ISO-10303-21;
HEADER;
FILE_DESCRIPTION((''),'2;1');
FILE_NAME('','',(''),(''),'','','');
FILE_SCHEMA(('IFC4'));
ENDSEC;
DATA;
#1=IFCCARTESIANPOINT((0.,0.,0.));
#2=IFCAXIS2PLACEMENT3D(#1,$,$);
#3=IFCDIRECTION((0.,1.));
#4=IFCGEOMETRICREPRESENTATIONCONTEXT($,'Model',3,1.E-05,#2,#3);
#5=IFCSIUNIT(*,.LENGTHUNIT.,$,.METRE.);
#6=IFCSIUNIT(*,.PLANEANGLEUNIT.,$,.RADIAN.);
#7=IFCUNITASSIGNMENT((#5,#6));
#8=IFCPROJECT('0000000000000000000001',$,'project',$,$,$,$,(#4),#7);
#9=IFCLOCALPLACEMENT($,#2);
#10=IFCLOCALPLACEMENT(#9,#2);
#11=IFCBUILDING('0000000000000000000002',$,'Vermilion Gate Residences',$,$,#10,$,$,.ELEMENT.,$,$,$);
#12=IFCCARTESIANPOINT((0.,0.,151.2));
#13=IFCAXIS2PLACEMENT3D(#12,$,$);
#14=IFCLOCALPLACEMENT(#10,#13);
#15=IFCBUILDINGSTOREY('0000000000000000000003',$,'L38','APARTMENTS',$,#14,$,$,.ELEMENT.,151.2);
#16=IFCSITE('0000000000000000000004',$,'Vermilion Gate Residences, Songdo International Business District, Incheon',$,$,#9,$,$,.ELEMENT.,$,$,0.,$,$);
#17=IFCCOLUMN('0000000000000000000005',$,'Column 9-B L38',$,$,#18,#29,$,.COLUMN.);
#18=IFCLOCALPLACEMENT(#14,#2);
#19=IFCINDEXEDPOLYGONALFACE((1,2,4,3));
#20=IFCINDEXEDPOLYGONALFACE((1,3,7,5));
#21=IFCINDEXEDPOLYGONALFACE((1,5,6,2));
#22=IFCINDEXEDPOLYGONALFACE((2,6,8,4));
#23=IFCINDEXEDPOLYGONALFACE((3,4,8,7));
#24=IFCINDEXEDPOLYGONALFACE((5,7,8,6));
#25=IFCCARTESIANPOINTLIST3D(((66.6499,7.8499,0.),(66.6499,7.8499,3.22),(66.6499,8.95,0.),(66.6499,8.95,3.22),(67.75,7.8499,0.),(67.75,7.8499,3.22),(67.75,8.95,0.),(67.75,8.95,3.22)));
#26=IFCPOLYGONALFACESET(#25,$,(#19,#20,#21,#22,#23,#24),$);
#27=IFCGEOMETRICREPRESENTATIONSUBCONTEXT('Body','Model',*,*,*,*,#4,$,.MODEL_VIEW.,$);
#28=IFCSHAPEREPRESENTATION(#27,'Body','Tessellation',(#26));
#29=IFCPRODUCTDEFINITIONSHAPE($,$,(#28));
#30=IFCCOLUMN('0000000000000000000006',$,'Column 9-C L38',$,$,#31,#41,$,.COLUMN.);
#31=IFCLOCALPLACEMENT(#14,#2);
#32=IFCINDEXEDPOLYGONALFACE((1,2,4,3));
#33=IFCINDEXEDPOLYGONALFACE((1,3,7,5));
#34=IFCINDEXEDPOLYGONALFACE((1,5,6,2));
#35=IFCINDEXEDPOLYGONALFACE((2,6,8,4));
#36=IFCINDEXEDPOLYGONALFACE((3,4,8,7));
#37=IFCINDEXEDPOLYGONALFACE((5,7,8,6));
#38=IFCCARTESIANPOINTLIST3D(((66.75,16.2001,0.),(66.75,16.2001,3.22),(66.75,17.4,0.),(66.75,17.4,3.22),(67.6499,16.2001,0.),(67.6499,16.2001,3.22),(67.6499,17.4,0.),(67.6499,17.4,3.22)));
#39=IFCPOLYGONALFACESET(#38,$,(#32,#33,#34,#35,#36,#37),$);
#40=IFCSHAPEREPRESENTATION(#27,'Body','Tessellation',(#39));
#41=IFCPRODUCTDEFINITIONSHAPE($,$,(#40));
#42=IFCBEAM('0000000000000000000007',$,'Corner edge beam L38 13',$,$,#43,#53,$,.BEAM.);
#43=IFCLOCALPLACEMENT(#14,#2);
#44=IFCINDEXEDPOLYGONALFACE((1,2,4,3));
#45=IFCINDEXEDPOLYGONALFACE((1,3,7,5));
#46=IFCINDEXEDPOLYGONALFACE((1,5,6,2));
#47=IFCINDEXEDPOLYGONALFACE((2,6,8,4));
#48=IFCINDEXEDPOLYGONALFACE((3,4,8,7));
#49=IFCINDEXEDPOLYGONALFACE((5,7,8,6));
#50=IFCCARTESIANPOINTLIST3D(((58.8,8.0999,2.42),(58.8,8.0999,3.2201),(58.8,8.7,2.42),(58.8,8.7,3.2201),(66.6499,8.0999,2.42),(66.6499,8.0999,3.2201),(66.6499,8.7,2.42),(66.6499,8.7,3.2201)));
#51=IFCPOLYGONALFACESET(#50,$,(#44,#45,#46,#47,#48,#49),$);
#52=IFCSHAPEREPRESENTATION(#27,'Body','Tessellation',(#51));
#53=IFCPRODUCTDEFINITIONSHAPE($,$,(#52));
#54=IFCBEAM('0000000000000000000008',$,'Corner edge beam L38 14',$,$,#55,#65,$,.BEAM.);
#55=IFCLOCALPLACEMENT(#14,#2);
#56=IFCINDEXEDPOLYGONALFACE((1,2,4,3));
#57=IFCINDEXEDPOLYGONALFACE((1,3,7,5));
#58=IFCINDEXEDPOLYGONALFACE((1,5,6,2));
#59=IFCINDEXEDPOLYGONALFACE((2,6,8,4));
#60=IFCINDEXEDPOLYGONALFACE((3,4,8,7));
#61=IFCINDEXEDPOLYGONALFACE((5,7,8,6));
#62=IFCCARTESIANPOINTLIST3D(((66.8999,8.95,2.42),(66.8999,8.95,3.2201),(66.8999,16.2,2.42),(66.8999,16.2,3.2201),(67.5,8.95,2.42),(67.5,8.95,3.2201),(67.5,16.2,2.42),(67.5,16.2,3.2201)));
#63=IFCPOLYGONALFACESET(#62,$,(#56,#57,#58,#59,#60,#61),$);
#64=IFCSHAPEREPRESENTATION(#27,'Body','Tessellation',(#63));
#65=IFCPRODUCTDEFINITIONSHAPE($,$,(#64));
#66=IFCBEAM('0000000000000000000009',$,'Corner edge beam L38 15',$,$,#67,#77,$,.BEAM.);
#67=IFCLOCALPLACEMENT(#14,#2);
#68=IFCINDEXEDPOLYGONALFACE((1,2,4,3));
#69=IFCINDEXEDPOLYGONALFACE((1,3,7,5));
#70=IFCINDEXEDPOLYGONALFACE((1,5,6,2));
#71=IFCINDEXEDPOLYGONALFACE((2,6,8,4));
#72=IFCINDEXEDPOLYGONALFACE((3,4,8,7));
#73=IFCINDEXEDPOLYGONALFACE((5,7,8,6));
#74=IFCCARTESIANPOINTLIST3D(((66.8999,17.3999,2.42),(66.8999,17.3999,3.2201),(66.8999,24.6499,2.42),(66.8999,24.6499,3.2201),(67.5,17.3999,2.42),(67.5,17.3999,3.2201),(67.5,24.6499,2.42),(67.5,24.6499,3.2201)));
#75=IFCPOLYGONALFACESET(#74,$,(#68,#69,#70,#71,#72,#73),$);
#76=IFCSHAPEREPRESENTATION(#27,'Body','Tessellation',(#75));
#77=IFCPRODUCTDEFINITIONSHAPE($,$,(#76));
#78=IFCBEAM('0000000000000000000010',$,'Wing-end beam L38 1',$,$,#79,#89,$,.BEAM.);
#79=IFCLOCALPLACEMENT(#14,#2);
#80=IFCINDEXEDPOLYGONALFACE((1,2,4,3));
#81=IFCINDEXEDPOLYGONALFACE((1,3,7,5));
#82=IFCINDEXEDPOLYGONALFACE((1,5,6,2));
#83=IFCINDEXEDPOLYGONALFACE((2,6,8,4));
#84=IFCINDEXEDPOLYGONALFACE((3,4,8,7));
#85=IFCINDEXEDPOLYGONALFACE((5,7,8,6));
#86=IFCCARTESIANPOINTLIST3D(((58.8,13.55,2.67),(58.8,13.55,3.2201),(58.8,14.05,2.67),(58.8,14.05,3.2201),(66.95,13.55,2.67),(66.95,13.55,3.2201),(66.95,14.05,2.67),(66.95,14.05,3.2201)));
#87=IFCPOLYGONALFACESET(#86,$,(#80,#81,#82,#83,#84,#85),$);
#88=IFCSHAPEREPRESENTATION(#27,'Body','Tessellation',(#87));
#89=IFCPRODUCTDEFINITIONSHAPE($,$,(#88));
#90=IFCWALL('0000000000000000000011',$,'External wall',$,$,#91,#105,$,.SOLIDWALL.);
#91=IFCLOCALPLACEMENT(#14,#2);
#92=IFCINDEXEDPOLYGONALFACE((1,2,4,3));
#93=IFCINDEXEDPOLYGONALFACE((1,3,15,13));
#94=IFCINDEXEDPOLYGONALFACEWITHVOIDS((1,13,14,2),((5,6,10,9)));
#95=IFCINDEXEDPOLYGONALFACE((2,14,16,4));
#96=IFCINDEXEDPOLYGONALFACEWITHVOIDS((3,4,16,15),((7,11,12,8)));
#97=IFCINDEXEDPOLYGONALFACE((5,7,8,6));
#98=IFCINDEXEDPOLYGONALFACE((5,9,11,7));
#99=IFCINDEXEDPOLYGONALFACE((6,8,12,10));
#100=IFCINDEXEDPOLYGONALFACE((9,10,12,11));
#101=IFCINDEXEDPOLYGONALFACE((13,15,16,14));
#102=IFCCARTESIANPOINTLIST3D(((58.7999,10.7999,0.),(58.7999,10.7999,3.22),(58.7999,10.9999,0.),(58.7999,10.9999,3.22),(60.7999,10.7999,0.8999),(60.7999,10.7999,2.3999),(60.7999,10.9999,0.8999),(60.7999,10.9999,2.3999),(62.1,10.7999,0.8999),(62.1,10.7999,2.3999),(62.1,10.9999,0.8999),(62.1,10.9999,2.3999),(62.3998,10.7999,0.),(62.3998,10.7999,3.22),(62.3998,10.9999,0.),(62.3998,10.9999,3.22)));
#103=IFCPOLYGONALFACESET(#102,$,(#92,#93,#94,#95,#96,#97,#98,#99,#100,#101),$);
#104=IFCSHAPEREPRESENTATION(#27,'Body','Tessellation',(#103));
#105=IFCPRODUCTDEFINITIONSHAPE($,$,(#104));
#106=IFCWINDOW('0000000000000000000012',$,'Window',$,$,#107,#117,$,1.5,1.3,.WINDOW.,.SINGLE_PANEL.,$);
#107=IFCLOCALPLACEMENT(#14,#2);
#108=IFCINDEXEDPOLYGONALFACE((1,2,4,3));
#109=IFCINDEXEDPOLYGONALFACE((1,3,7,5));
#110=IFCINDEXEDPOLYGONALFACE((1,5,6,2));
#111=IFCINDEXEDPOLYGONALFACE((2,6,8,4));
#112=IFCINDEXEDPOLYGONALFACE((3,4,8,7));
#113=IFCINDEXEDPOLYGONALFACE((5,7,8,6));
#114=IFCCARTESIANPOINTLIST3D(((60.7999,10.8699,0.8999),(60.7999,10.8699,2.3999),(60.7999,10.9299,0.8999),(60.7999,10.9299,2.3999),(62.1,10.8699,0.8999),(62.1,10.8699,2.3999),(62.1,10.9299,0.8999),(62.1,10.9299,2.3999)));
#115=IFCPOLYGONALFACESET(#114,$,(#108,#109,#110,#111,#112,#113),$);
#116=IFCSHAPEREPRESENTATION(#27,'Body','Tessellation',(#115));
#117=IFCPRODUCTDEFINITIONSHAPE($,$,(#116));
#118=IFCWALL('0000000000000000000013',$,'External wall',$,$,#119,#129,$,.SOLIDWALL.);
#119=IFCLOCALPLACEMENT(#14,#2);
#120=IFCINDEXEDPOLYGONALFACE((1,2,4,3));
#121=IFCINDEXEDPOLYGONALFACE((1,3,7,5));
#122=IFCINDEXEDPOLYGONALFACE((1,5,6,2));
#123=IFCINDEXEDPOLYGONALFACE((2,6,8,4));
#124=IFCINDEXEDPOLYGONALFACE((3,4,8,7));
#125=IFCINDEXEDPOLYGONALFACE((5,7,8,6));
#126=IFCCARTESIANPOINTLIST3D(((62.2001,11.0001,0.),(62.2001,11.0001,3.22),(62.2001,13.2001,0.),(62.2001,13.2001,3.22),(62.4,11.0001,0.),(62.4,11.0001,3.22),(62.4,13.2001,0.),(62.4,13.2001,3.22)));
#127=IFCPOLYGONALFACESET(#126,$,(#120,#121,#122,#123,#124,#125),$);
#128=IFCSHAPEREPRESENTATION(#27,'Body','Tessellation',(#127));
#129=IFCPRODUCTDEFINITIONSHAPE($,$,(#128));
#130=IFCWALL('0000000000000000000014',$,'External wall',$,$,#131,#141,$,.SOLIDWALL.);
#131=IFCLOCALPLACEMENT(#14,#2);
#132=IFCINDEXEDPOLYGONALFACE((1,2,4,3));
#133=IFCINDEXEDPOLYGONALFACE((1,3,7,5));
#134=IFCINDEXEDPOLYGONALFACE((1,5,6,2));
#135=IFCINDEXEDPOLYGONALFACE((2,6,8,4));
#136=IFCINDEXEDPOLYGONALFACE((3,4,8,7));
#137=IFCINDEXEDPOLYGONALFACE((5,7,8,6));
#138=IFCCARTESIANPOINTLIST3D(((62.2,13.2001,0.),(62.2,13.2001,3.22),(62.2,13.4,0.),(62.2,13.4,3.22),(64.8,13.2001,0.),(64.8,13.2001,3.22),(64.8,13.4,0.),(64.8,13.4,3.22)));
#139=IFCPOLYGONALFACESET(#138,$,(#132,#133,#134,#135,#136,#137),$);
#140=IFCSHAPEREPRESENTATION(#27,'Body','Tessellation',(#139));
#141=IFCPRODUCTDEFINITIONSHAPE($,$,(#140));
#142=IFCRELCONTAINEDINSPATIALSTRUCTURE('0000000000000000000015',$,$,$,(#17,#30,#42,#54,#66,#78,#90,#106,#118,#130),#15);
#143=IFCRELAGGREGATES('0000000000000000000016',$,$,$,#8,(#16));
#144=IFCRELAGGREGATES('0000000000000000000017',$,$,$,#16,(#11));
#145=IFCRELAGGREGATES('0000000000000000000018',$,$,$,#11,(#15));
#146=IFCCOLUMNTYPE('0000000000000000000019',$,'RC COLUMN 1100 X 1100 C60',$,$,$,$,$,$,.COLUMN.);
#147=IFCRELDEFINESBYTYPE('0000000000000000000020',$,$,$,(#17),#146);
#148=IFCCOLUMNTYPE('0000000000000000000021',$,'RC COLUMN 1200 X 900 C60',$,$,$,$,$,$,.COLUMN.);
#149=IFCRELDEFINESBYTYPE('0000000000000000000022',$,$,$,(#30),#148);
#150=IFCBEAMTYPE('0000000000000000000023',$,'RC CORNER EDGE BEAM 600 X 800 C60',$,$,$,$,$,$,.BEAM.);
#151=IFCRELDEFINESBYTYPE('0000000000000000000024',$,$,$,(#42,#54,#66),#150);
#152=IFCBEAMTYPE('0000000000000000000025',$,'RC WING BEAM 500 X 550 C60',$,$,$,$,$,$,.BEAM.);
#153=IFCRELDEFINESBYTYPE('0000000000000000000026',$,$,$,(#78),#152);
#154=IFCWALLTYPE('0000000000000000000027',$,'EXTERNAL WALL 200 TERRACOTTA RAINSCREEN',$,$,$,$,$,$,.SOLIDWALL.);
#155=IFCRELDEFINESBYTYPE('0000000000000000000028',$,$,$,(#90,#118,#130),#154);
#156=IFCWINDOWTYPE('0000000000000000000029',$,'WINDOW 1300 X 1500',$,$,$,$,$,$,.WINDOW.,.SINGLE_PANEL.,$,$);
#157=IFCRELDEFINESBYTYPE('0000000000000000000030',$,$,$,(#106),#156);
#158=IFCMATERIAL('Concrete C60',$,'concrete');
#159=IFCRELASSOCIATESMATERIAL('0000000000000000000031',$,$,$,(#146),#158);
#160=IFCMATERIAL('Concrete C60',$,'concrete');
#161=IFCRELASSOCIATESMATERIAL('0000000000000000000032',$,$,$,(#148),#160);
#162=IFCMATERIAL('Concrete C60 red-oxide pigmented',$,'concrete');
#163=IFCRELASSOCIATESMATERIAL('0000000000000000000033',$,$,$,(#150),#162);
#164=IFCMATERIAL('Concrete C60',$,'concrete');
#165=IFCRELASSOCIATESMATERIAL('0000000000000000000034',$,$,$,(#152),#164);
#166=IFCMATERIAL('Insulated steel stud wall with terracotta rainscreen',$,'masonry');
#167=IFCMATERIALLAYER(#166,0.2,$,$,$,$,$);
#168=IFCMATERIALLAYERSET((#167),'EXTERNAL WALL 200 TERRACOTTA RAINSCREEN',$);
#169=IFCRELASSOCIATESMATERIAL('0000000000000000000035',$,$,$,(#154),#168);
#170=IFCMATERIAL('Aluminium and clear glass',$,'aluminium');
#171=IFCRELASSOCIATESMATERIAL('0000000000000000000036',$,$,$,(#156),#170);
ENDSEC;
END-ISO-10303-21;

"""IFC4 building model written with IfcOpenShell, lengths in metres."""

from ifc_helpers import new_model, si_unit, direction, frame, frame_2d, origin, origin_2d, place, context, subcontext, project, spatial, rectangle, extrude, material, layer, layer_set, material_profile, profile_set, type_object, element, fill, save


model = new_model("IFC4")

# Units and contexts
model_context = context("Model", 3, precision=1e-05, world=origin(), true_north=direction((0.0, 1.0)))
body_context = subcontext(model_context, "Body", "Model", "MODEL_VIEW")
ifc_project = project(units=[si_unit("LENGTHUNIT", "METRE"), si_unit("PLANEANGLEUNIT", "RADIAN")], contexts=[model_context])

# Site, building, storey
site_placement = place(None, origin())
site = spatial("IfcSite", under=ifc_project, at=site_placement, Name="Vermilion Gate Residences, Songdo International Business District, Incheon", CompositionType="ELEMENT", RefElevation=0.0)
building_placement = place(site_placement, origin())
building = spatial("IfcBuilding", under=site, at=building_placement, Name="Vermilion Gate Residences", CompositionType="ELEMENT")
storey_placement = place(building_placement, frame((0.0, 0.0, 151.2)))
storey = spatial("IfcBuildingStorey", under=building, at=storey_placement, Name="L38", Description="APARTMENTS", CompositionType="ELEMENT", Elevation=151.2)

# Columns
ifc_material_1 = material(Name="Concrete C60", Category="concrete")
ifc_material_profile_1 = material_profile(ifc_material_1, rectangle(XDim=1.1001, YDim=1.1001, at=origin_2d()), Name="RC-1100x1100")
ifc_profile_set_1 = profile_set([ifc_material_profile_1], Name="Concrete C60")
column_type_1 = type_object("IfcColumnType", Name="RC COLUMN 1100 X 1100 C60", PredefinedType="COLUMN", material=ifc_profile_set_1)
column_1_placement = place(storey_placement, frame((67.2, 8.3999, 0.0), z_axis=(0.0, 0.0, 1.0), x_axis=(1.0, 0.0, 0.0)))
element("IfcColumn", 1, at=column_1_placement, inside=storey, type_object=column_type_1, Name="Column 9-B L38", PredefinedType="COLUMN", context=body_context, shape_type="SweptSolid", body=[
    extrude(rectangle(XDim=1.1001, YDim=1.1001, at=origin_2d()), origin(), (0.0, 0.0, 1.0), 3.22),
])
ifc_material_2 = material(Name="Concrete C60", Category="concrete")
ifc_material_profile_2 = material_profile(ifc_material_2, rectangle(XDim=1.2, YDim=0.8999, at=origin_2d()), Name="RC-1200x900")
ifc_profile_set_2 = profile_set([ifc_material_profile_2], Name="Concrete C60")
column_type_2 = type_object("IfcColumnType", Name="RC COLUMN 1200 X 900 C60", PredefinedType="COLUMN", material=ifc_profile_set_2)
column_2_placement = place(storey_placement, frame((67.2, 16.8, 0.0), z_axis=(0.0, 0.0, 1.0), x_axis=(0.0, 1.0, 0.0)))
element("IfcColumn", 2, at=column_2_placement, inside=storey, type_object=column_type_2, Name="Column 9-C L38", PredefinedType="COLUMN", context=body_context, shape_type="SweptSolid", body=[
    extrude(rectangle(XDim=1.2, YDim=0.8999, at=origin_2d()), origin(), (0.0, 0.0, 1.0), 3.22),
])

# Beams
ifc_material_3 = material(Name="Concrete C60 red-oxide pigmented", Category="concrete")
ifc_material_profile_3 = material_profile(ifc_material_3, rectangle(XDim=0.6001, YDim=0.8, at=origin_2d()), Name="RC-600x800")
ifc_profile_set_3 = profile_set([ifc_material_profile_3], Name="Concrete C60 red-oxide pigmented")
beam_type_1 = type_object("IfcBeamType", Name="RC CORNER EDGE BEAM 600 X 800 C60", PredefinedType="BEAM", material=ifc_profile_set_3)
beam_1_placement = place(storey_placement, frame((58.8, 8.3999, 2.8201), z_axis=(1.0, 0.0, 0.0), x_axis=(0.0, 1.0, 0.0)))
element("IfcBeam", 3, at=beam_1_placement, inside=storey, type_object=beam_type_1, Name="Corner edge beam L38 13", PredefinedType="BEAM", context=body_context, shape_type="SweptSolid", body=[
    extrude(rectangle(XDim=0.6001, YDim=0.8, at=origin_2d()), origin(), (0.0, 0.0, 1.0), 7.8499),
])
for number, where, z_axis, x_axis, name in (
    (4, (67.2, 8.95, 2.8201), (0.0, 1.0, 0.0), (-1.0, 0.0, 0.0), "Corner edge beam L38 14"),
    (5, (67.2, 17.3999, 2.8201), (0.0, 1.0, 0.0), (-1.0, 0.0, 0.0), "Corner edge beam L38 15"),
):
    element("IfcBeam", number, at=place(storey_placement, frame(where, z_axis=z_axis, x_axis=x_axis)), inside=storey, type_object=beam_type_1, Name=name, PredefinedType="BEAM", context=body_context, shape_type="SweptSolid", body=[
        extrude(rectangle(XDim=0.6001, YDim=0.8, at=origin_2d()), origin(), (0.0, 0.0, 1.0), 7.25),
    ])
ifc_material_4 = material(Name="Concrete C60", Category="concrete")
ifc_material_profile_4 = material_profile(ifc_material_4, rectangle(XDim=0.5, YDim=0.55, at=origin_2d()), Name="RC-500x550")
ifc_profile_set_4 = profile_set([ifc_material_profile_4], Name="Concrete C60")
beam_type_2 = type_object("IfcBeamType", Name="RC WING BEAM 500 X 550 C60", PredefinedType="BEAM", material=ifc_profile_set_4)
beam_2_placement = place(storey_placement, frame((58.8, 13.8, 2.9451), z_axis=(1.0, 0.0, 0.0), x_axis=(0.0, 1.0, 0.0)))
element("IfcBeam", 6, at=beam_2_placement, inside=storey, type_object=beam_type_2, Name="Wing-end beam L38 1", PredefinedType="BEAM", context=body_context, shape_type="SweptSolid", body=[
    extrude(rectangle(XDim=0.5, YDim=0.55, at=origin_2d()), origin(), (0.0, 0.0, 1.0), 8.1499),
])

# Wall, opening, window
ifc_material_5 = material(Name="Insulated steel stud wall with terracotta rainscreen", Category="masonry")
ifc_layer_1 = layer(ifc_material_5, 0.2)
ifc_layer_set_1 = layer_set([ifc_layer_1], Name="EXTERNAL WALL 200 TERRACOTTA RAINSCREEN")
wall_type_1 = type_object("IfcWallType", Name="EXTERNAL WALL 200 TERRACOTTA RAINSCREEN", PredefinedType="SOLIDWALL", material=ifc_layer_set_1)
wall_1_placement = place(storey_placement, frame((58.8, 10.8999, 0.0), z_axis=(0.0, 0.0, 1.0), x_axis=(1.0, 0.0, 0.0)))
wall_1 = element("IfcWall", 7, at=wall_1_placement, inside=storey, type_object=wall_type_1, Name="External wall", PredefinedType="SOLIDWALL", context=body_context, shape_type="SweptSolid", body=[
    extrude(rectangle(XDim=3.5999, YDim=0.2, at=frame_2d((1.7998, 0.0))), origin(), (0.0, 0.0, 1.0), 3.22),
])
opening_1_placement = place(wall_1_placement, frame((2.0, 0.0, 0.8999)))
opening_1 = element("IfcOpeningElement", 8, at=opening_1_placement, cuts=wall_1, PredefinedType="OPENING", context=body_context, shape_type="SweptSolid", body=[
    extrude(rectangle(XDim=1.3, YDim=1.5, at=frame_2d((0.6499, 0.75))), frame((0.0, 0.1099, 0.0), z_axis=(0.0, -1.0, 0.0), x_axis=(1.0, 0.0, 0.0)), (0.0, 0.0, 1.0), 0.22),
])
ifc_material_6 = material(Name="Aluminium and clear glass", Category="aluminium")
window_type_1 = type_object("IfcWindowType", Name="WINDOW 1300 X 1500", PartitioningType="SINGLE_PANEL", PredefinedType="WINDOW", material=ifc_material_6)
window_1_placement = place(opening_1_placement, origin())
window_1 = element("IfcWindow", 9, at=window_1_placement, inside=storey, type_object=window_type_1, Name="Window", OverallHeight=1.5, OverallWidth=1.3, PartitioningType="SINGLE_PANEL", PredefinedType="WINDOW", context=body_context, shape_type="SweptSolid", body=[
    extrude(rectangle(XDim=1.3, YDim=1.5, at=frame_2d((0.6499, 0.75))), frame((0.0, 0.03, 0.0), z_axis=(0.0, -1.0, 0.0), x_axis=(1.0, 0.0, 0.0)), (0.0, 0.0, 1.0), 0.0601),
])
fill(opening_1, window_1)

# Walls
wall_2_placement = place(storey_placement, frame((62.3, 11.0, 0.0), z_axis=(0.0, 0.0, 1.0), x_axis=(0.0, 1.0, 0.0)))
element("IfcWall", 10, at=wall_2_placement, inside=storey, type_object=wall_type_1, Name="External wall", PredefinedType="SOLIDWALL", context=body_context, shape_type="SweptSolid", body=[
    extrude(rectangle(XDim=2.2, YDim=0.2, at=frame_2d((1.1001, 0.0))), origin(), (0.0, 0.0, 1.0), 3.22),
])
wall_3_placement = place(storey_placement, frame((62.2, 13.3, 0.0), z_axis=(0.0, 0.0, 1.0), x_axis=(1.0, 0.0, 0.0)))
element("IfcWall", 11, at=wall_3_placement, inside=storey, type_object=wall_type_1, Name="External wall", PredefinedType="SOLIDWALL", context=body_context, shape_type="SweptSolid", body=[
    extrude(rectangle(XDim=2.6001, YDim=0.2, at=frame_2d((1.3, 0.0))), origin(), (0.0, 0.0, 1.0), 3.22),
])

save(model, "model.ifc")
